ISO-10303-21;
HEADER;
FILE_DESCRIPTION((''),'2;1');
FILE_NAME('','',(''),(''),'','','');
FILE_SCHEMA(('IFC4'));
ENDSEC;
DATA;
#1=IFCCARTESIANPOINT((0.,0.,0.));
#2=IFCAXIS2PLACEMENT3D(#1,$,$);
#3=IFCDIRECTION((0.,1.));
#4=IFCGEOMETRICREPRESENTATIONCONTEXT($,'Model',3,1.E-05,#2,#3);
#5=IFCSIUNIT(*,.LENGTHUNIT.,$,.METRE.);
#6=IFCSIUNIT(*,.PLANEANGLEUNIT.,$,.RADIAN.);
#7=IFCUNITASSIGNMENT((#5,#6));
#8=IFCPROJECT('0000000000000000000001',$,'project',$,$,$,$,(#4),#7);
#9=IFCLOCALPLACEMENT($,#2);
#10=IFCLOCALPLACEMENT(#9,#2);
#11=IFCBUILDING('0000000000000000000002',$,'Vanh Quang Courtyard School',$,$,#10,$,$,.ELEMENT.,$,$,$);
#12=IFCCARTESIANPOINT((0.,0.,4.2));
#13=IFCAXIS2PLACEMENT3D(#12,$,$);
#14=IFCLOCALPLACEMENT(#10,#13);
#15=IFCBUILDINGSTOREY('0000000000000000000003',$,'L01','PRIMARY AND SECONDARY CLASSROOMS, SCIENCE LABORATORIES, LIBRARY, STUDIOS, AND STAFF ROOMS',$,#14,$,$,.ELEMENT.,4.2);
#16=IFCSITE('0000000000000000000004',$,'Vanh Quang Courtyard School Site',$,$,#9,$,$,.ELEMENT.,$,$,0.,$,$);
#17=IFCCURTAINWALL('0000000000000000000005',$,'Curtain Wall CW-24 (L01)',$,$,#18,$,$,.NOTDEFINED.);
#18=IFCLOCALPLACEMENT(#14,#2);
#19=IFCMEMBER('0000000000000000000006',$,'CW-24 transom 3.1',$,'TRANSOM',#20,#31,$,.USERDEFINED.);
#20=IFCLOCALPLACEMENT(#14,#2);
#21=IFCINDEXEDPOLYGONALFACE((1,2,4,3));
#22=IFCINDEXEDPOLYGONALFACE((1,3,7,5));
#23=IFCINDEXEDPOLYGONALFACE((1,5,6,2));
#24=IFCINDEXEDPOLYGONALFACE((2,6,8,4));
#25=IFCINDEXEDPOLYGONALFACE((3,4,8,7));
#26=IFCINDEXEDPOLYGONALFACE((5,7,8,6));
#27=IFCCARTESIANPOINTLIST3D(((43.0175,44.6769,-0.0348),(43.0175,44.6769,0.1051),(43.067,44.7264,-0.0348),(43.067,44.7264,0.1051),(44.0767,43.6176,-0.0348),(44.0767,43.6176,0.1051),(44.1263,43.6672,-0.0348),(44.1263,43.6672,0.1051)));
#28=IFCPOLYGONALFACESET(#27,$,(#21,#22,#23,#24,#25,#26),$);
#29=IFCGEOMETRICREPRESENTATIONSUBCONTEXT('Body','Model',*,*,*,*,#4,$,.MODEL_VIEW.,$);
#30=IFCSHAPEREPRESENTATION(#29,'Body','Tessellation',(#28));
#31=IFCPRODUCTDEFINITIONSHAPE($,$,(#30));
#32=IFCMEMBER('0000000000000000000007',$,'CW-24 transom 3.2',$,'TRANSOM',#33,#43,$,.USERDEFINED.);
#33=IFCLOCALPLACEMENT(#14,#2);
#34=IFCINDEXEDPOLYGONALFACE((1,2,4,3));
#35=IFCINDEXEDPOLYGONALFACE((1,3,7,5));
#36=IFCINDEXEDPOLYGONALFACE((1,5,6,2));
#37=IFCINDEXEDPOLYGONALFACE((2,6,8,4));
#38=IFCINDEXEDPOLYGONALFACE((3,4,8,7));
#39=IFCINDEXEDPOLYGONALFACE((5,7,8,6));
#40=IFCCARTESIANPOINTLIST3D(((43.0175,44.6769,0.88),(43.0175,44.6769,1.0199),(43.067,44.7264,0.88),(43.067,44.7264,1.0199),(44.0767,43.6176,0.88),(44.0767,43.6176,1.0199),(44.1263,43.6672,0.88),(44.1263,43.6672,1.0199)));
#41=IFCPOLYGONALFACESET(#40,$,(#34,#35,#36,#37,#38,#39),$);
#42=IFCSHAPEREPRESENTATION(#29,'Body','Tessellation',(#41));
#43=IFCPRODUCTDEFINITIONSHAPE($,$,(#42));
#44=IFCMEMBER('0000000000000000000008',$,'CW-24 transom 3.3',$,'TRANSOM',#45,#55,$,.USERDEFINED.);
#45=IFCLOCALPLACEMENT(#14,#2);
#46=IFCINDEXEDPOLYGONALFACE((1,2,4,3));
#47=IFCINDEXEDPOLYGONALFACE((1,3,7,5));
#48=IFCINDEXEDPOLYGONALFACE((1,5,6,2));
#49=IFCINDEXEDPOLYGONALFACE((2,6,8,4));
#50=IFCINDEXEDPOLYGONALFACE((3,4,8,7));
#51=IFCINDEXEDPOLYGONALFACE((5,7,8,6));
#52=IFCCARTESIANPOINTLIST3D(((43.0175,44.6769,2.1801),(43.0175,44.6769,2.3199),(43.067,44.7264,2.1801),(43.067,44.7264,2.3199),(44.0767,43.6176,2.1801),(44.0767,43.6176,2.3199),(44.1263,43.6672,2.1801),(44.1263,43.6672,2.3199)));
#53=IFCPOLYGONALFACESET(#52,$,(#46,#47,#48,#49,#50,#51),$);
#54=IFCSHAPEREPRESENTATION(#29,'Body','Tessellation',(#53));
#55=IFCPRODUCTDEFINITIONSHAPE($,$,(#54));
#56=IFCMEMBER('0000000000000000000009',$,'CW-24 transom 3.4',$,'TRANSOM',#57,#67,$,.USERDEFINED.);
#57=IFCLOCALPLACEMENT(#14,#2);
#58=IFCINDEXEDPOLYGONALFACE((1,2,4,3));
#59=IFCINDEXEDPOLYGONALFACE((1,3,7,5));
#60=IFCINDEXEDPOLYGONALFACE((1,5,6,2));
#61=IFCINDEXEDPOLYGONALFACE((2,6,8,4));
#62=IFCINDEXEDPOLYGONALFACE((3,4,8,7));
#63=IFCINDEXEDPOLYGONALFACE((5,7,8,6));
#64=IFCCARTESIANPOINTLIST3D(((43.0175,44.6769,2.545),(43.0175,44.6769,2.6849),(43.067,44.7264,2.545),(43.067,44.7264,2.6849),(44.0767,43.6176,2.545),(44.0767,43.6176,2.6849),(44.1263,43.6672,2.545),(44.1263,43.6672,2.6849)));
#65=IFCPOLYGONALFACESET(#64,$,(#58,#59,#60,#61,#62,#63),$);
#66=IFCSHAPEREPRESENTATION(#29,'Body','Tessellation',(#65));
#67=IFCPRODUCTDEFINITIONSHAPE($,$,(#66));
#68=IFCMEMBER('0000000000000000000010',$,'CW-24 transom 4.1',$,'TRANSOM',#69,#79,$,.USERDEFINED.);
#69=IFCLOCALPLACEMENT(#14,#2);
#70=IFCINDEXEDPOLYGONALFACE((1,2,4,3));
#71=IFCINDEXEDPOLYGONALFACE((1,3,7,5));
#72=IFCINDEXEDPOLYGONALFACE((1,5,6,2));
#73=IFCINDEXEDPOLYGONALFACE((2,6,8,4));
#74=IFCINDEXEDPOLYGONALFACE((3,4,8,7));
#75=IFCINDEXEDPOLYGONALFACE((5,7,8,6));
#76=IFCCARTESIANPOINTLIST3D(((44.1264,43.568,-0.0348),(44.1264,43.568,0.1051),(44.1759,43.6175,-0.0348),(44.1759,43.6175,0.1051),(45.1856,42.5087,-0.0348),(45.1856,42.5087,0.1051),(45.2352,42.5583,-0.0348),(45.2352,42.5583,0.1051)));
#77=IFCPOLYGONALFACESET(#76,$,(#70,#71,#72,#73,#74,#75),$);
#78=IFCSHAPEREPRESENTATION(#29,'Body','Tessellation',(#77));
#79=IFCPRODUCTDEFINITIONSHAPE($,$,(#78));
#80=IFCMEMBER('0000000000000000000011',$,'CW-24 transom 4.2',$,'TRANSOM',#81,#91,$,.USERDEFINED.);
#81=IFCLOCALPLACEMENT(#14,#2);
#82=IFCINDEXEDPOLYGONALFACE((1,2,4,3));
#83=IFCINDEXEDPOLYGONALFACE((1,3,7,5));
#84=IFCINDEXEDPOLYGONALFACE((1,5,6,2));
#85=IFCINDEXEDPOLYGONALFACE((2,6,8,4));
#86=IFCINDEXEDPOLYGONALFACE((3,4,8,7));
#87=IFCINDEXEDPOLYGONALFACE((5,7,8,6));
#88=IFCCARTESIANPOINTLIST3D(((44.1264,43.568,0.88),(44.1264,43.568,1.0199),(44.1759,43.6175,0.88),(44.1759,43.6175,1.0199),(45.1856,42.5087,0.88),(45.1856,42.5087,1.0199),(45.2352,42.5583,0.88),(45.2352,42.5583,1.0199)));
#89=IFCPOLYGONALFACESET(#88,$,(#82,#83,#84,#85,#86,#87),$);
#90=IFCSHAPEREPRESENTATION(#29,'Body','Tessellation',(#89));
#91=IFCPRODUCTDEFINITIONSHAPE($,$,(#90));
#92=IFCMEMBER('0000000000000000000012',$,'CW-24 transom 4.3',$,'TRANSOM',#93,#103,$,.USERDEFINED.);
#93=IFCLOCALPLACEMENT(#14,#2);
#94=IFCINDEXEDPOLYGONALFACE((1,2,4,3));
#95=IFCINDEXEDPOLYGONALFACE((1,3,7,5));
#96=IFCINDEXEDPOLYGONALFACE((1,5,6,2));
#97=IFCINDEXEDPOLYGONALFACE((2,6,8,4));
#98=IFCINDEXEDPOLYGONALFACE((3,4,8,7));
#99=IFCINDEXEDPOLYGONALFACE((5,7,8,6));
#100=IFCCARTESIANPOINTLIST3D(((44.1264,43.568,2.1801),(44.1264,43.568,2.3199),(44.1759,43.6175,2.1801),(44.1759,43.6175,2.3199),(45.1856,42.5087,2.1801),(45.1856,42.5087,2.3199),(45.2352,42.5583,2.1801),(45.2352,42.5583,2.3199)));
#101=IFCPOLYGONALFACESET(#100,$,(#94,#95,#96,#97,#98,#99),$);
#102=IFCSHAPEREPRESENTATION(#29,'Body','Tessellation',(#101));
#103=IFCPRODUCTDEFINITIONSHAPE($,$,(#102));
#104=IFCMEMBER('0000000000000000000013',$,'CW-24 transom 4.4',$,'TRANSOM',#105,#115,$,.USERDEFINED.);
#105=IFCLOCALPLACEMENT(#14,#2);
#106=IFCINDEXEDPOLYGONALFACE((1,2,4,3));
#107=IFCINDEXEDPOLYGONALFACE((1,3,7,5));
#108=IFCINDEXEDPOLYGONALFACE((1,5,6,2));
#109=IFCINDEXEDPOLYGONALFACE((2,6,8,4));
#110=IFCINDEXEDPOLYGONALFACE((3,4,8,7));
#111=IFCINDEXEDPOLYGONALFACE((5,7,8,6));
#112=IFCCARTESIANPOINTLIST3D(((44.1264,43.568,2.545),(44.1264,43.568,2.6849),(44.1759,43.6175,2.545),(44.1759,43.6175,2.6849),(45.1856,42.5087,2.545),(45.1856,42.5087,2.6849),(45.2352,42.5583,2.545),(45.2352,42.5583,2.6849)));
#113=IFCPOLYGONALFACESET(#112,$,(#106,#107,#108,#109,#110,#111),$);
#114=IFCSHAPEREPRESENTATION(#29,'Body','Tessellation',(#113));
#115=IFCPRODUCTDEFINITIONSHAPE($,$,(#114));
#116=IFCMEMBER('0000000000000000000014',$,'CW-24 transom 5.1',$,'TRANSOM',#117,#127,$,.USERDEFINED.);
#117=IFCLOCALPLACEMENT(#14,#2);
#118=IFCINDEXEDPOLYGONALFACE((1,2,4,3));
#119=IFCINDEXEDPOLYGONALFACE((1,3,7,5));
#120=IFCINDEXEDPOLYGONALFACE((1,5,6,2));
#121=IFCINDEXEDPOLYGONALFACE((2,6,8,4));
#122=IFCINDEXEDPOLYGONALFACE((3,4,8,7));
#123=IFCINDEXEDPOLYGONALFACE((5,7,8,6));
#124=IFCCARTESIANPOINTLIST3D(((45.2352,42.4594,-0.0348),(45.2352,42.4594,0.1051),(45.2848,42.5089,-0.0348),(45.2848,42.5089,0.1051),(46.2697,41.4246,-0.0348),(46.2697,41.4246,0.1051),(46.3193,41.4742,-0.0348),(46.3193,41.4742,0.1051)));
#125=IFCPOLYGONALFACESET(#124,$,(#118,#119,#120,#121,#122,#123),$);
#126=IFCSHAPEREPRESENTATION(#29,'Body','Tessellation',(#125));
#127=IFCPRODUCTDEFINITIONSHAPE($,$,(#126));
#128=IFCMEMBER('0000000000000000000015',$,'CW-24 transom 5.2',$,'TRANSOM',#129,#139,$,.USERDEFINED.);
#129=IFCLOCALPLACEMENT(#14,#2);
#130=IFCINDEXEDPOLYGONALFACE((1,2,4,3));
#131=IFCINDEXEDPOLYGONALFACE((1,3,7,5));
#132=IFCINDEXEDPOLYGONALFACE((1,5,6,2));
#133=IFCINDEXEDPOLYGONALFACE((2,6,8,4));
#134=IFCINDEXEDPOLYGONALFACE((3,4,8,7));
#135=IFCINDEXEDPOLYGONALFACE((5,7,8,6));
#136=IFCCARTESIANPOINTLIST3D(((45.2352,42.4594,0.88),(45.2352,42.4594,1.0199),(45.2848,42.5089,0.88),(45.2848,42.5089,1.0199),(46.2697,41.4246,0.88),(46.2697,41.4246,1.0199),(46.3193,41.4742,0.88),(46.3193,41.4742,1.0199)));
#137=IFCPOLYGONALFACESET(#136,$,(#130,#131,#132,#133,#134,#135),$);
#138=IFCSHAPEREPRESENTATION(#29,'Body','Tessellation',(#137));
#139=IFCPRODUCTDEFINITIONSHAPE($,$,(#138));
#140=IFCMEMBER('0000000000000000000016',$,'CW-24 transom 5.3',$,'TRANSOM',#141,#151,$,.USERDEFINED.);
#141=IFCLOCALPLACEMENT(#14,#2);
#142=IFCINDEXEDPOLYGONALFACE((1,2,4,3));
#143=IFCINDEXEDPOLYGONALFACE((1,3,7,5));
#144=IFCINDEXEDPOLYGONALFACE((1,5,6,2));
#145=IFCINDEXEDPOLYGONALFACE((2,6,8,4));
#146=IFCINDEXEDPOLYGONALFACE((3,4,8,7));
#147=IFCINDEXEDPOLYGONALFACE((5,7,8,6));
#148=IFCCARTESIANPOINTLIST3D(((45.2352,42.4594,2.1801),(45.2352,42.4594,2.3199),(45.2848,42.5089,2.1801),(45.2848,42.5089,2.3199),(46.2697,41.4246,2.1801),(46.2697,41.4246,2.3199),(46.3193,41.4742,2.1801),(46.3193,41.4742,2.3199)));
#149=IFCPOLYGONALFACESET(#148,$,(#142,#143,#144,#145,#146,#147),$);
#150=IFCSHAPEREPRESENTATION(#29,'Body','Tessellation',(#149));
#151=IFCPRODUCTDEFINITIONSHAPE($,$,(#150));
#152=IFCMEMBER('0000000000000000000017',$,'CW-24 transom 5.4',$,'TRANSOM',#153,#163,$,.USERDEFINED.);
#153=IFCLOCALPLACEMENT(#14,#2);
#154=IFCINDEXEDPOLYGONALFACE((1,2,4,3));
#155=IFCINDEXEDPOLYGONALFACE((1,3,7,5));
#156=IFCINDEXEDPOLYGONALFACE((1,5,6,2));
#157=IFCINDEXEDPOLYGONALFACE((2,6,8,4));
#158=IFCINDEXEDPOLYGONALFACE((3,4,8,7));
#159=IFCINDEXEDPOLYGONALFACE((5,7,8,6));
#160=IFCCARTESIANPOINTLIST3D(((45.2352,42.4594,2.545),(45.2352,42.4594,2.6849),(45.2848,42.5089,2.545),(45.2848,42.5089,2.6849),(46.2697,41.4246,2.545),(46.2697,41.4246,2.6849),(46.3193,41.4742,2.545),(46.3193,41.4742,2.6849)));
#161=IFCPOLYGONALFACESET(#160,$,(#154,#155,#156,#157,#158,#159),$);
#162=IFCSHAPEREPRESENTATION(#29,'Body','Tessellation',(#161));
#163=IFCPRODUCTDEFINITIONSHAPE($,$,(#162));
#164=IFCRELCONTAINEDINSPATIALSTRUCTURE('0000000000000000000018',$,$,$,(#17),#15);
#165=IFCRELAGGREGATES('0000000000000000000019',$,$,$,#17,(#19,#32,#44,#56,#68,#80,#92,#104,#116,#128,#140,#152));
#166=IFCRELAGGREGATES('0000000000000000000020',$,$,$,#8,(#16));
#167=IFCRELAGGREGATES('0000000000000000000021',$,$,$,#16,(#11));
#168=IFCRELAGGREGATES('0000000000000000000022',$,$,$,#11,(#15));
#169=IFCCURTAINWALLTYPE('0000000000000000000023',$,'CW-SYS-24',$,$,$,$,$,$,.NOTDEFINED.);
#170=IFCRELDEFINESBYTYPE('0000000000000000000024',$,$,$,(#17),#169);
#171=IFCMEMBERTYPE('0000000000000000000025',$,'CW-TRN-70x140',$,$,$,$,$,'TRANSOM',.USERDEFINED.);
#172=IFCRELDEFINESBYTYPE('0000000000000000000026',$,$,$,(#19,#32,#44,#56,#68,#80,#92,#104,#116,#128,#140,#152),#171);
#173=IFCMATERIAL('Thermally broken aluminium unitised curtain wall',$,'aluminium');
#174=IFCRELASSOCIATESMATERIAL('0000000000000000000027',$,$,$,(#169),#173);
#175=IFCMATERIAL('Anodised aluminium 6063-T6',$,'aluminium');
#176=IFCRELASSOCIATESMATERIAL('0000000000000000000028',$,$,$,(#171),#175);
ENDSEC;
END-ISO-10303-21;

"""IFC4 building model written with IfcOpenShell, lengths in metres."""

from ifc_helpers import new_model, si_unit, direction, frame, origin, origin_2d, place, context, subcontext, project, spatial, rectangle, extrude, material, material_profile, profile_set, type_object, element, aggregate, save


model = new_model("IFC4")

# Units and contexts
model_context = context("Model", 3, precision=1e-05, world=origin(), true_north=direction((0.0, 1.0)))
body_context = subcontext(model_context, "Body", "Model", "MODEL_VIEW")
ifc_project = project(units=[si_unit("LENGTHUNIT", "METRE"), si_unit("PLANEANGLEUNIT", "RADIAN")], contexts=[model_context])

# Site, building, storey
site_placement = place(None, origin())
site = spatial("IfcSite", under=ifc_project, at=site_placement, Name="Vanh Quang Courtyard School Site", CompositionType="ELEMENT", RefElevation=0.0)
building_placement = place(site_placement, origin())
building = spatial("IfcBuilding", under=site, at=building_placement, Name="Vanh Quang Courtyard School", CompositionType="ELEMENT")
storey_placement = place(building_placement, frame((0.0, 0.0, 4.2)))
storey = spatial("IfcBuildingStorey", under=building, at=storey_placement, Name="L01", Description="PRIMARY AND SECONDARY CLASSROOMS, SCIENCE LABORATORIES, LIBRARY, STUDIOS, AND STAFF ROOMS", CompositionType="ELEMENT", Elevation=4.2)

# Curtain wall, members
ifc_material_1 = material(Name="Thermally broken aluminium unitised curtain wall", Category="aluminium")
curtain_wall_type = type_object("IfcCurtainWallType", Name="CW-SYS-24", PredefinedType="NOTDEFINED", material=ifc_material_1)
curtain_wall_placement = place(storey_placement, origin())
curtain_wall = element("IfcCurtainWall", 1, at=curtain_wall_placement, inside=storey, type_object=curtain_wall_type, Name="Curtain Wall CW-24 (L01)", PredefinedType="NOTDEFINED")
ifc_material_2 = material(Name="Anodised aluminium 6063-T6", Category="aluminium")
ifc_material_profile_1 = material_profile(ifc_material_2, rectangle(XDim=0.0701, YDim=0.1399, at=origin_2d()), Name="ALU-TRN 70x140")
ifc_profile_set_1 = profile_set([ifc_material_profile_1], Name="Anodised aluminium 6063-T6")
member_type_1 = type_object("IfcMemberType", Name="CW-TRN-70x140", ElementType="TRANSOM", PredefinedType="USERDEFINED", material=ifc_profile_set_1)
member_1_placement = place(storey_placement, frame((43.0422, 44.7017, 0.0352), z_axis=(0.707107, -0.707107, 0.0), x_axis=(0.707107, 0.707107, 0.0)))
member_1 = element("IfcMember", 2, at=member_1_placement, type_object=member_type_1, Name="CW-24 transom 3.1", ObjectType="TRANSOM", PredefinedType="USERDEFINED", context=body_context, shape_type="SweptSolid", body=[
    extrude(rectangle(XDim=0.0701, YDim=0.1399, at=origin_2d()), origin(), (0.0, 0.0, 1.0), 1.498),
])
member_2_placement = place(storey_placement, frame((43.0422, 44.7017, 0.95), z_axis=(0.707107, -0.707107, 0.0), x_axis=(0.707107, 0.707107, 0.0)))
member_2 = element("IfcMember", 3, at=member_2_placement, type_object=member_type_1, Name="CW-24 transom 3.2", ObjectType="TRANSOM", PredefinedType="USERDEFINED", context=body_context, shape_type="SweptSolid", body=[
    extrude(rectangle(XDim=0.0701, YDim=0.1399, at=origin_2d()), origin(), (0.0, 0.0, 1.0), 1.498),
])
member_3_placement = place(storey_placement, frame((43.0422, 44.7017, 2.25), z_axis=(0.707107, -0.707107, 0.0), x_axis=(0.707107, 0.707107, 0.0)))
member_3 = element("IfcMember", 4, at=member_3_placement, type_object=member_type_1, Name="CW-24 transom 3.3", ObjectType="TRANSOM", PredefinedType="USERDEFINED", context=body_context, shape_type="SweptSolid", body=[
    extrude(rectangle(XDim=0.0701, YDim=0.1399, at=origin_2d()), origin(), (0.0, 0.0, 1.0), 1.498),
])
member_4_placement = place(storey_placement, frame((43.0422, 44.7017, 2.615), z_axis=(0.707107, -0.707107, 0.0), x_axis=(0.707107, 0.707107, 0.0)))
member_4 = element("IfcMember", 5, at=member_4_placement, type_object=member_type_1, Name="CW-24 transom 3.4", ObjectType="TRANSOM", PredefinedType="USERDEFINED", context=body_context, shape_type="SweptSolid", body=[
    extrude(rectangle(XDim=0.0701, YDim=0.1399, at=origin_2d()), origin(), (0.0, 0.0, 1.0), 1.498),
])
member_5_placement = place(storey_placement, frame((44.1511, 43.5928, 0.0352), z_axis=(0.707107, -0.707107, 0.0), x_axis=(0.707107, 0.707107, 0.0)))
member_5 = element("IfcMember", 6, at=member_5_placement, type_object=member_type_1, Name="CW-24 transom 4.1", ObjectType="TRANSOM", PredefinedType="USERDEFINED", context=body_context, shape_type="SweptSolid", body=[
    extrude(rectangle(XDim=0.0701, YDim=0.1399, at=origin_2d()), origin(), (0.0, 0.0, 1.0), 1.498),
])
member_6_placement = place(storey_placement, frame((44.1511, 43.5928, 0.95), z_axis=(0.707107, -0.707107, 0.0), x_axis=(0.707107, 0.707107, 0.0)))
member_6 = element("IfcMember", 7, at=member_6_placement, type_object=member_type_1, Name="CW-24 transom 4.2", ObjectType="TRANSOM", PredefinedType="USERDEFINED", context=body_context, shape_type="SweptSolid", body=[
    extrude(rectangle(XDim=0.0701, YDim=0.1399, at=origin_2d()), origin(), (0.0, 0.0, 1.0), 1.498),
])
member_7_placement = place(storey_placement, frame((44.1511, 43.5928, 2.25), z_axis=(0.707107, -0.707107, 0.0), x_axis=(0.707107, 0.707107, 0.0)))
member_7 = element("IfcMember", 8, at=member_7_placement, type_object=member_type_1, Name="CW-24 transom 4.3", ObjectType="TRANSOM", PredefinedType="USERDEFINED", context=body_context, shape_type="SweptSolid", body=[
    extrude(rectangle(XDim=0.0701, YDim=0.1399, at=origin_2d()), origin(), (0.0, 0.0, 1.0), 1.498),
])
member_8_placement = place(storey_placement, frame((44.1511, 43.5928, 2.615), z_axis=(0.707107, -0.707107, 0.0), x_axis=(0.707107, 0.707107, 0.0)))
member_8 = element("IfcMember", 9, at=member_8_placement, type_object=member_type_1, Name="CW-24 transom 4.4", ObjectType="TRANSOM", PredefinedType="USERDEFINED", context=body_context, shape_type="SweptSolid", body=[
    extrude(rectangle(XDim=0.0701, YDim=0.1399, at=origin_2d()), origin(), (0.0, 0.0, 1.0), 1.498),
])
member_9_placement = place(storey_placement, frame((45.26, 42.4841, 0.0352), z_axis=(0.707023, -0.70719, 0.0), x_axis=(0.70719, 0.707023, 0.0)))
member_9 = element("IfcMember", 10, at=member_9_placement, type_object=member_type_1, Name="CW-24 transom 5.1", ObjectType="TRANSOM", PredefinedType="USERDEFINED", context=body_context, shape_type="SweptSolid", body=[
    extrude(rectangle(XDim=0.0701, YDim=0.1399, at=origin_2d()), origin(), (0.0, 0.0, 1.0), 1.4631),
])
member_10_placement = place(storey_placement, frame((45.26, 42.4841, 0.95), z_axis=(0.707023, -0.70719, 0.0), x_axis=(0.70719, 0.707023, 0.0)))
member_10 = element("IfcMember", 11, at=member_10_placement, type_object=member_type_1, Name="CW-24 transom 5.2", ObjectType="TRANSOM", PredefinedType="USERDEFINED", context=body_context, shape_type="SweptSolid", body=[
    extrude(rectangle(XDim=0.0701, YDim=0.1399, at=origin_2d()), origin(), (0.0, 0.0, 1.0), 1.4631),
])
member_11_placement = place(storey_placement, frame((45.26, 42.4841, 2.25), z_axis=(0.707023, -0.70719, 0.0), x_axis=(0.70719, 0.707023, 0.0)))
member_11 = element("IfcMember", 12, at=member_11_placement, type_object=member_type_1, Name="CW-24 transom 5.3", ObjectType="TRANSOM", PredefinedType="USERDEFINED", context=body_context, shape_type="SweptSolid", body=[
    extrude(rectangle(XDim=0.0701, YDim=0.1399, at=origin_2d()), origin(), (0.0, 0.0, 1.0), 1.4631),
])
member_12_placement = place(storey_placement, frame((45.26, 42.4841, 2.615), z_axis=(0.707023, -0.70719, 0.0), x_axis=(0.70719, 0.707023, 0.0)))
member_12 = element("IfcMember", 13, at=member_12_placement, type_object=member_type_1, Name="CW-24 transom 5.4", ObjectType="TRANSOM", PredefinedType="USERDEFINED", context=body_context, shape_type="SweptSolid", body=[
    extrude(rectangle(XDim=0.0701, YDim=0.1399, at=origin_2d()), origin(), (0.0, 0.0, 1.0), 1.4631),
])

aggregate(curtain_wall, [member_1, member_2, member_3, member_4, member_5, member_6, member_7, member_8, member_9, member_10, member_11, member_12])

save(model, "model.ifc")
